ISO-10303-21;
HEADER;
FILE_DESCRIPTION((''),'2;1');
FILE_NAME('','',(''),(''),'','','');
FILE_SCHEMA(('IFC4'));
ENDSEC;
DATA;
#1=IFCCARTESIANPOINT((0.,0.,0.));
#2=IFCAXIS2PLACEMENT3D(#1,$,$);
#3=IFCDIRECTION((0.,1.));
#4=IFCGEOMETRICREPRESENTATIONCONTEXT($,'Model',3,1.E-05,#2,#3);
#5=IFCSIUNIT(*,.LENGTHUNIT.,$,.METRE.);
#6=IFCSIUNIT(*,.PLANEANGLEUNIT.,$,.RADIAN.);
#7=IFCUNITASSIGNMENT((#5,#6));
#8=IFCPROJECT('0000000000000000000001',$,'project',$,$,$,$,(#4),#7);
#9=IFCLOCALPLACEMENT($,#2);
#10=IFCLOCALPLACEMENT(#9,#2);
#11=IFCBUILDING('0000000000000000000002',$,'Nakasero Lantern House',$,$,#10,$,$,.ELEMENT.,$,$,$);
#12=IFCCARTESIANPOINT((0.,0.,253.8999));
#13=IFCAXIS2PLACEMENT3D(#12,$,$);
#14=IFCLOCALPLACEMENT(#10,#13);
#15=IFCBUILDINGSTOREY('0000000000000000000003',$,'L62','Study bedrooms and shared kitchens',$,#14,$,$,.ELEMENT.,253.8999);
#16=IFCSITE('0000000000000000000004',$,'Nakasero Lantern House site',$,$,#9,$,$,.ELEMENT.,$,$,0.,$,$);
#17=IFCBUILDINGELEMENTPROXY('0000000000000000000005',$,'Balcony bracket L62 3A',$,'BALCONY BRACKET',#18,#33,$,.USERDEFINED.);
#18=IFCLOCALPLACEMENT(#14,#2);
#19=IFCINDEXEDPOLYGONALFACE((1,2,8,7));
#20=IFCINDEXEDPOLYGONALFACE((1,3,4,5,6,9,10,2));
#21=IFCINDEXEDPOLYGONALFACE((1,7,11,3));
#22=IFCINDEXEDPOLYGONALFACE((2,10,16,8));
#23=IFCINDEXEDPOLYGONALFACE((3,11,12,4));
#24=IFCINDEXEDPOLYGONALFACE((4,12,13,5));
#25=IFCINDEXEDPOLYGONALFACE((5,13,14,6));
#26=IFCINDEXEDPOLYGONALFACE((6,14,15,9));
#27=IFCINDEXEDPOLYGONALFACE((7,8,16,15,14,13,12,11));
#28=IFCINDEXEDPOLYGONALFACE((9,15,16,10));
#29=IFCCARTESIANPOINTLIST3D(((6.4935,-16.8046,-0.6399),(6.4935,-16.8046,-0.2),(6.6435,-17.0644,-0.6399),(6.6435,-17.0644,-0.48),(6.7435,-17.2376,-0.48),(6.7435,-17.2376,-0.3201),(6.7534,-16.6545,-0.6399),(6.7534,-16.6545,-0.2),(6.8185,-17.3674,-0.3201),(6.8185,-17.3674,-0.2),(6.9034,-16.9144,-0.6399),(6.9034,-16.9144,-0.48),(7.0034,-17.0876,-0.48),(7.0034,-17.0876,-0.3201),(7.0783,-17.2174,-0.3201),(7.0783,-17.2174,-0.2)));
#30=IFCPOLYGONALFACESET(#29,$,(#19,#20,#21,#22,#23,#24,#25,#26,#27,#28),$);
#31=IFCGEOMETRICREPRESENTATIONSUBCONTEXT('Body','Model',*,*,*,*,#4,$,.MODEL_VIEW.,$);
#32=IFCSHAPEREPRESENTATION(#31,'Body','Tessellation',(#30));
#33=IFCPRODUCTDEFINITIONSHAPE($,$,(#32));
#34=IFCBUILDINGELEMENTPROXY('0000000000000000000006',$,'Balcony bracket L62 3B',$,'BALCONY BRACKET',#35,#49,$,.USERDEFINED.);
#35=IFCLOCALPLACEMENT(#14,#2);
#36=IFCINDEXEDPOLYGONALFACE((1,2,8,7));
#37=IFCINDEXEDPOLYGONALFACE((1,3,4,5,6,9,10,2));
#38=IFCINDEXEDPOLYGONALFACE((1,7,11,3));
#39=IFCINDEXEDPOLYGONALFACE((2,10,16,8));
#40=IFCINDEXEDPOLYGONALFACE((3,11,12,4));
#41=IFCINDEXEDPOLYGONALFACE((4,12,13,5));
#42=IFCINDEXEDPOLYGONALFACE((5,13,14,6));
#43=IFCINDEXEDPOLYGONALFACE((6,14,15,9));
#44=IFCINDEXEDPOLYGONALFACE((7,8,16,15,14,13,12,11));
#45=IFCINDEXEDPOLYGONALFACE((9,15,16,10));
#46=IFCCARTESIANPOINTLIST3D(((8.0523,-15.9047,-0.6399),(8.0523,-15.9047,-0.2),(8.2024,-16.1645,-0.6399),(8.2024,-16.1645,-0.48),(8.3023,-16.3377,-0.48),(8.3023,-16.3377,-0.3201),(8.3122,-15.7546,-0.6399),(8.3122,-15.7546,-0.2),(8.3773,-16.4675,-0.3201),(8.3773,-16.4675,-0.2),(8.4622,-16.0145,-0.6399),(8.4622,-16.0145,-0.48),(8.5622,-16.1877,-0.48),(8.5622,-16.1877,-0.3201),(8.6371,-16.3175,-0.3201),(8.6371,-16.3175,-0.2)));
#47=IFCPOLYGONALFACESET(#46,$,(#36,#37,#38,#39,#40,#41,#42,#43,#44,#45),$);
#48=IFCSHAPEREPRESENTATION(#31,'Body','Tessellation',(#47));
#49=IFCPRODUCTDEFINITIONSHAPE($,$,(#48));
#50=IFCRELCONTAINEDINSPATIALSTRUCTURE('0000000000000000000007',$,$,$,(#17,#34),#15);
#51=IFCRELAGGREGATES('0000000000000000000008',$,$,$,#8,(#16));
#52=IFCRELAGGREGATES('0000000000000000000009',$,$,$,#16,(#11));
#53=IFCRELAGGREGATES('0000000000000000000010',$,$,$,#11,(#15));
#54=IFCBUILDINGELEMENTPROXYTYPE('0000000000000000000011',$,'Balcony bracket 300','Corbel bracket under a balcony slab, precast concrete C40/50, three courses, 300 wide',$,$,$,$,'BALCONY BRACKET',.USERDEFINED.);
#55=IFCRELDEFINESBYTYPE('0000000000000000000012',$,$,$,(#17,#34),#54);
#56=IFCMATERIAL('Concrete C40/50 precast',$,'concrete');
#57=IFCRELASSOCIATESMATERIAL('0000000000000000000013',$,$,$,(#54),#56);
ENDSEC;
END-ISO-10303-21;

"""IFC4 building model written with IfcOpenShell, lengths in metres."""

from ifc_helpers import new_model, si_unit, direction, frame, origin, place, context, subcontext, project, spatial, polyline, outline, extrude, material, type_object, element, save


model = new_model("IFC4")

# Units and contexts
model_context = context("Model", 3, precision=1e-05, world=origin(), true_north=direction((0.0, 1.0)))
body_context = subcontext(model_context, "Body", "Model", "MODEL_VIEW")
ifc_project = project(units=[si_unit("LENGTHUNIT", "METRE"), si_unit("PLANEANGLEUNIT", "RADIAN")], contexts=[model_context])

# Site, building, storey
site_placement = place(None, origin())
site = spatial("IfcSite", under=ifc_project, at=site_placement, Name="Nakasero Lantern House site", CompositionType="ELEMENT", RefElevation=0.0)
building_placement = place(site_placement, origin())
building = spatial("IfcBuilding", under=site, at=building_placement, Name="Nakasero Lantern House", CompositionType="ELEMENT")
storey_placement = place(building_placement, frame((0.0, 0.0, 253.8999)))
storey = spatial("IfcBuildingStorey", under=building, at=storey_placement, Name="L62", Description="Study bedrooms and shared kitchens", CompositionType="ELEMENT", Elevation=253.8999)

# Building element proxies
ifc_material_1 = material(Name="Concrete C40/50 precast", Category="concrete")
building_element_proxy_type = type_object("IfcBuildingElementProxyType", Name="Balcony bracket 300", Description="Corbel bracket under a balcony slab, precast concrete C40/50, three courses, 300 wide", ElementType="BALCONY BRACKET", PredefinedType="USERDEFINED", material=ifc_material_1)
for number, where, z_axis, x_axis, name in (
    (1, (6.6235, -16.7295, -0.2), (0.0, 0.0, 1.0), (0.5, -0.866025, 0.0), "Balcony bracket L62 3A"),
    (2, (8.1824, -15.8296, -0.2), (0.0, 0.0, 1.0), (0.5, -0.866025, 0.0), "Balcony bracket L62 3B"),
):
    element("IfcBuildingElementProxy", number, at=place(storey_placement, frame(where, z_axis=z_axis, x_axis=x_axis)), inside=storey, type_object=building_element_proxy_type, Name=name, ObjectType="BALCONY BRACKET", PredefinedType="USERDEFINED", context=body_context, shape_type="SweptSolid", body=[
        extrude(outline(polyline([(0.0, 0.0), (0.6499, 0.0), (0.6499, -0.1201), (0.5, -0.1201), (0.5, -0.28), (0.3, -0.28), (0.3, -0.4399), (0.0, -0.4399), (0.0, 0.0)])), frame((0.0, 0.1499, 0.0), z_axis=(0.0, -1.0, 0.0), x_axis=(1.0, 0.0, 0.0)), (0.0, 0.0, 1.0), 0.3),
    ])

save(model, "model.ifc")
